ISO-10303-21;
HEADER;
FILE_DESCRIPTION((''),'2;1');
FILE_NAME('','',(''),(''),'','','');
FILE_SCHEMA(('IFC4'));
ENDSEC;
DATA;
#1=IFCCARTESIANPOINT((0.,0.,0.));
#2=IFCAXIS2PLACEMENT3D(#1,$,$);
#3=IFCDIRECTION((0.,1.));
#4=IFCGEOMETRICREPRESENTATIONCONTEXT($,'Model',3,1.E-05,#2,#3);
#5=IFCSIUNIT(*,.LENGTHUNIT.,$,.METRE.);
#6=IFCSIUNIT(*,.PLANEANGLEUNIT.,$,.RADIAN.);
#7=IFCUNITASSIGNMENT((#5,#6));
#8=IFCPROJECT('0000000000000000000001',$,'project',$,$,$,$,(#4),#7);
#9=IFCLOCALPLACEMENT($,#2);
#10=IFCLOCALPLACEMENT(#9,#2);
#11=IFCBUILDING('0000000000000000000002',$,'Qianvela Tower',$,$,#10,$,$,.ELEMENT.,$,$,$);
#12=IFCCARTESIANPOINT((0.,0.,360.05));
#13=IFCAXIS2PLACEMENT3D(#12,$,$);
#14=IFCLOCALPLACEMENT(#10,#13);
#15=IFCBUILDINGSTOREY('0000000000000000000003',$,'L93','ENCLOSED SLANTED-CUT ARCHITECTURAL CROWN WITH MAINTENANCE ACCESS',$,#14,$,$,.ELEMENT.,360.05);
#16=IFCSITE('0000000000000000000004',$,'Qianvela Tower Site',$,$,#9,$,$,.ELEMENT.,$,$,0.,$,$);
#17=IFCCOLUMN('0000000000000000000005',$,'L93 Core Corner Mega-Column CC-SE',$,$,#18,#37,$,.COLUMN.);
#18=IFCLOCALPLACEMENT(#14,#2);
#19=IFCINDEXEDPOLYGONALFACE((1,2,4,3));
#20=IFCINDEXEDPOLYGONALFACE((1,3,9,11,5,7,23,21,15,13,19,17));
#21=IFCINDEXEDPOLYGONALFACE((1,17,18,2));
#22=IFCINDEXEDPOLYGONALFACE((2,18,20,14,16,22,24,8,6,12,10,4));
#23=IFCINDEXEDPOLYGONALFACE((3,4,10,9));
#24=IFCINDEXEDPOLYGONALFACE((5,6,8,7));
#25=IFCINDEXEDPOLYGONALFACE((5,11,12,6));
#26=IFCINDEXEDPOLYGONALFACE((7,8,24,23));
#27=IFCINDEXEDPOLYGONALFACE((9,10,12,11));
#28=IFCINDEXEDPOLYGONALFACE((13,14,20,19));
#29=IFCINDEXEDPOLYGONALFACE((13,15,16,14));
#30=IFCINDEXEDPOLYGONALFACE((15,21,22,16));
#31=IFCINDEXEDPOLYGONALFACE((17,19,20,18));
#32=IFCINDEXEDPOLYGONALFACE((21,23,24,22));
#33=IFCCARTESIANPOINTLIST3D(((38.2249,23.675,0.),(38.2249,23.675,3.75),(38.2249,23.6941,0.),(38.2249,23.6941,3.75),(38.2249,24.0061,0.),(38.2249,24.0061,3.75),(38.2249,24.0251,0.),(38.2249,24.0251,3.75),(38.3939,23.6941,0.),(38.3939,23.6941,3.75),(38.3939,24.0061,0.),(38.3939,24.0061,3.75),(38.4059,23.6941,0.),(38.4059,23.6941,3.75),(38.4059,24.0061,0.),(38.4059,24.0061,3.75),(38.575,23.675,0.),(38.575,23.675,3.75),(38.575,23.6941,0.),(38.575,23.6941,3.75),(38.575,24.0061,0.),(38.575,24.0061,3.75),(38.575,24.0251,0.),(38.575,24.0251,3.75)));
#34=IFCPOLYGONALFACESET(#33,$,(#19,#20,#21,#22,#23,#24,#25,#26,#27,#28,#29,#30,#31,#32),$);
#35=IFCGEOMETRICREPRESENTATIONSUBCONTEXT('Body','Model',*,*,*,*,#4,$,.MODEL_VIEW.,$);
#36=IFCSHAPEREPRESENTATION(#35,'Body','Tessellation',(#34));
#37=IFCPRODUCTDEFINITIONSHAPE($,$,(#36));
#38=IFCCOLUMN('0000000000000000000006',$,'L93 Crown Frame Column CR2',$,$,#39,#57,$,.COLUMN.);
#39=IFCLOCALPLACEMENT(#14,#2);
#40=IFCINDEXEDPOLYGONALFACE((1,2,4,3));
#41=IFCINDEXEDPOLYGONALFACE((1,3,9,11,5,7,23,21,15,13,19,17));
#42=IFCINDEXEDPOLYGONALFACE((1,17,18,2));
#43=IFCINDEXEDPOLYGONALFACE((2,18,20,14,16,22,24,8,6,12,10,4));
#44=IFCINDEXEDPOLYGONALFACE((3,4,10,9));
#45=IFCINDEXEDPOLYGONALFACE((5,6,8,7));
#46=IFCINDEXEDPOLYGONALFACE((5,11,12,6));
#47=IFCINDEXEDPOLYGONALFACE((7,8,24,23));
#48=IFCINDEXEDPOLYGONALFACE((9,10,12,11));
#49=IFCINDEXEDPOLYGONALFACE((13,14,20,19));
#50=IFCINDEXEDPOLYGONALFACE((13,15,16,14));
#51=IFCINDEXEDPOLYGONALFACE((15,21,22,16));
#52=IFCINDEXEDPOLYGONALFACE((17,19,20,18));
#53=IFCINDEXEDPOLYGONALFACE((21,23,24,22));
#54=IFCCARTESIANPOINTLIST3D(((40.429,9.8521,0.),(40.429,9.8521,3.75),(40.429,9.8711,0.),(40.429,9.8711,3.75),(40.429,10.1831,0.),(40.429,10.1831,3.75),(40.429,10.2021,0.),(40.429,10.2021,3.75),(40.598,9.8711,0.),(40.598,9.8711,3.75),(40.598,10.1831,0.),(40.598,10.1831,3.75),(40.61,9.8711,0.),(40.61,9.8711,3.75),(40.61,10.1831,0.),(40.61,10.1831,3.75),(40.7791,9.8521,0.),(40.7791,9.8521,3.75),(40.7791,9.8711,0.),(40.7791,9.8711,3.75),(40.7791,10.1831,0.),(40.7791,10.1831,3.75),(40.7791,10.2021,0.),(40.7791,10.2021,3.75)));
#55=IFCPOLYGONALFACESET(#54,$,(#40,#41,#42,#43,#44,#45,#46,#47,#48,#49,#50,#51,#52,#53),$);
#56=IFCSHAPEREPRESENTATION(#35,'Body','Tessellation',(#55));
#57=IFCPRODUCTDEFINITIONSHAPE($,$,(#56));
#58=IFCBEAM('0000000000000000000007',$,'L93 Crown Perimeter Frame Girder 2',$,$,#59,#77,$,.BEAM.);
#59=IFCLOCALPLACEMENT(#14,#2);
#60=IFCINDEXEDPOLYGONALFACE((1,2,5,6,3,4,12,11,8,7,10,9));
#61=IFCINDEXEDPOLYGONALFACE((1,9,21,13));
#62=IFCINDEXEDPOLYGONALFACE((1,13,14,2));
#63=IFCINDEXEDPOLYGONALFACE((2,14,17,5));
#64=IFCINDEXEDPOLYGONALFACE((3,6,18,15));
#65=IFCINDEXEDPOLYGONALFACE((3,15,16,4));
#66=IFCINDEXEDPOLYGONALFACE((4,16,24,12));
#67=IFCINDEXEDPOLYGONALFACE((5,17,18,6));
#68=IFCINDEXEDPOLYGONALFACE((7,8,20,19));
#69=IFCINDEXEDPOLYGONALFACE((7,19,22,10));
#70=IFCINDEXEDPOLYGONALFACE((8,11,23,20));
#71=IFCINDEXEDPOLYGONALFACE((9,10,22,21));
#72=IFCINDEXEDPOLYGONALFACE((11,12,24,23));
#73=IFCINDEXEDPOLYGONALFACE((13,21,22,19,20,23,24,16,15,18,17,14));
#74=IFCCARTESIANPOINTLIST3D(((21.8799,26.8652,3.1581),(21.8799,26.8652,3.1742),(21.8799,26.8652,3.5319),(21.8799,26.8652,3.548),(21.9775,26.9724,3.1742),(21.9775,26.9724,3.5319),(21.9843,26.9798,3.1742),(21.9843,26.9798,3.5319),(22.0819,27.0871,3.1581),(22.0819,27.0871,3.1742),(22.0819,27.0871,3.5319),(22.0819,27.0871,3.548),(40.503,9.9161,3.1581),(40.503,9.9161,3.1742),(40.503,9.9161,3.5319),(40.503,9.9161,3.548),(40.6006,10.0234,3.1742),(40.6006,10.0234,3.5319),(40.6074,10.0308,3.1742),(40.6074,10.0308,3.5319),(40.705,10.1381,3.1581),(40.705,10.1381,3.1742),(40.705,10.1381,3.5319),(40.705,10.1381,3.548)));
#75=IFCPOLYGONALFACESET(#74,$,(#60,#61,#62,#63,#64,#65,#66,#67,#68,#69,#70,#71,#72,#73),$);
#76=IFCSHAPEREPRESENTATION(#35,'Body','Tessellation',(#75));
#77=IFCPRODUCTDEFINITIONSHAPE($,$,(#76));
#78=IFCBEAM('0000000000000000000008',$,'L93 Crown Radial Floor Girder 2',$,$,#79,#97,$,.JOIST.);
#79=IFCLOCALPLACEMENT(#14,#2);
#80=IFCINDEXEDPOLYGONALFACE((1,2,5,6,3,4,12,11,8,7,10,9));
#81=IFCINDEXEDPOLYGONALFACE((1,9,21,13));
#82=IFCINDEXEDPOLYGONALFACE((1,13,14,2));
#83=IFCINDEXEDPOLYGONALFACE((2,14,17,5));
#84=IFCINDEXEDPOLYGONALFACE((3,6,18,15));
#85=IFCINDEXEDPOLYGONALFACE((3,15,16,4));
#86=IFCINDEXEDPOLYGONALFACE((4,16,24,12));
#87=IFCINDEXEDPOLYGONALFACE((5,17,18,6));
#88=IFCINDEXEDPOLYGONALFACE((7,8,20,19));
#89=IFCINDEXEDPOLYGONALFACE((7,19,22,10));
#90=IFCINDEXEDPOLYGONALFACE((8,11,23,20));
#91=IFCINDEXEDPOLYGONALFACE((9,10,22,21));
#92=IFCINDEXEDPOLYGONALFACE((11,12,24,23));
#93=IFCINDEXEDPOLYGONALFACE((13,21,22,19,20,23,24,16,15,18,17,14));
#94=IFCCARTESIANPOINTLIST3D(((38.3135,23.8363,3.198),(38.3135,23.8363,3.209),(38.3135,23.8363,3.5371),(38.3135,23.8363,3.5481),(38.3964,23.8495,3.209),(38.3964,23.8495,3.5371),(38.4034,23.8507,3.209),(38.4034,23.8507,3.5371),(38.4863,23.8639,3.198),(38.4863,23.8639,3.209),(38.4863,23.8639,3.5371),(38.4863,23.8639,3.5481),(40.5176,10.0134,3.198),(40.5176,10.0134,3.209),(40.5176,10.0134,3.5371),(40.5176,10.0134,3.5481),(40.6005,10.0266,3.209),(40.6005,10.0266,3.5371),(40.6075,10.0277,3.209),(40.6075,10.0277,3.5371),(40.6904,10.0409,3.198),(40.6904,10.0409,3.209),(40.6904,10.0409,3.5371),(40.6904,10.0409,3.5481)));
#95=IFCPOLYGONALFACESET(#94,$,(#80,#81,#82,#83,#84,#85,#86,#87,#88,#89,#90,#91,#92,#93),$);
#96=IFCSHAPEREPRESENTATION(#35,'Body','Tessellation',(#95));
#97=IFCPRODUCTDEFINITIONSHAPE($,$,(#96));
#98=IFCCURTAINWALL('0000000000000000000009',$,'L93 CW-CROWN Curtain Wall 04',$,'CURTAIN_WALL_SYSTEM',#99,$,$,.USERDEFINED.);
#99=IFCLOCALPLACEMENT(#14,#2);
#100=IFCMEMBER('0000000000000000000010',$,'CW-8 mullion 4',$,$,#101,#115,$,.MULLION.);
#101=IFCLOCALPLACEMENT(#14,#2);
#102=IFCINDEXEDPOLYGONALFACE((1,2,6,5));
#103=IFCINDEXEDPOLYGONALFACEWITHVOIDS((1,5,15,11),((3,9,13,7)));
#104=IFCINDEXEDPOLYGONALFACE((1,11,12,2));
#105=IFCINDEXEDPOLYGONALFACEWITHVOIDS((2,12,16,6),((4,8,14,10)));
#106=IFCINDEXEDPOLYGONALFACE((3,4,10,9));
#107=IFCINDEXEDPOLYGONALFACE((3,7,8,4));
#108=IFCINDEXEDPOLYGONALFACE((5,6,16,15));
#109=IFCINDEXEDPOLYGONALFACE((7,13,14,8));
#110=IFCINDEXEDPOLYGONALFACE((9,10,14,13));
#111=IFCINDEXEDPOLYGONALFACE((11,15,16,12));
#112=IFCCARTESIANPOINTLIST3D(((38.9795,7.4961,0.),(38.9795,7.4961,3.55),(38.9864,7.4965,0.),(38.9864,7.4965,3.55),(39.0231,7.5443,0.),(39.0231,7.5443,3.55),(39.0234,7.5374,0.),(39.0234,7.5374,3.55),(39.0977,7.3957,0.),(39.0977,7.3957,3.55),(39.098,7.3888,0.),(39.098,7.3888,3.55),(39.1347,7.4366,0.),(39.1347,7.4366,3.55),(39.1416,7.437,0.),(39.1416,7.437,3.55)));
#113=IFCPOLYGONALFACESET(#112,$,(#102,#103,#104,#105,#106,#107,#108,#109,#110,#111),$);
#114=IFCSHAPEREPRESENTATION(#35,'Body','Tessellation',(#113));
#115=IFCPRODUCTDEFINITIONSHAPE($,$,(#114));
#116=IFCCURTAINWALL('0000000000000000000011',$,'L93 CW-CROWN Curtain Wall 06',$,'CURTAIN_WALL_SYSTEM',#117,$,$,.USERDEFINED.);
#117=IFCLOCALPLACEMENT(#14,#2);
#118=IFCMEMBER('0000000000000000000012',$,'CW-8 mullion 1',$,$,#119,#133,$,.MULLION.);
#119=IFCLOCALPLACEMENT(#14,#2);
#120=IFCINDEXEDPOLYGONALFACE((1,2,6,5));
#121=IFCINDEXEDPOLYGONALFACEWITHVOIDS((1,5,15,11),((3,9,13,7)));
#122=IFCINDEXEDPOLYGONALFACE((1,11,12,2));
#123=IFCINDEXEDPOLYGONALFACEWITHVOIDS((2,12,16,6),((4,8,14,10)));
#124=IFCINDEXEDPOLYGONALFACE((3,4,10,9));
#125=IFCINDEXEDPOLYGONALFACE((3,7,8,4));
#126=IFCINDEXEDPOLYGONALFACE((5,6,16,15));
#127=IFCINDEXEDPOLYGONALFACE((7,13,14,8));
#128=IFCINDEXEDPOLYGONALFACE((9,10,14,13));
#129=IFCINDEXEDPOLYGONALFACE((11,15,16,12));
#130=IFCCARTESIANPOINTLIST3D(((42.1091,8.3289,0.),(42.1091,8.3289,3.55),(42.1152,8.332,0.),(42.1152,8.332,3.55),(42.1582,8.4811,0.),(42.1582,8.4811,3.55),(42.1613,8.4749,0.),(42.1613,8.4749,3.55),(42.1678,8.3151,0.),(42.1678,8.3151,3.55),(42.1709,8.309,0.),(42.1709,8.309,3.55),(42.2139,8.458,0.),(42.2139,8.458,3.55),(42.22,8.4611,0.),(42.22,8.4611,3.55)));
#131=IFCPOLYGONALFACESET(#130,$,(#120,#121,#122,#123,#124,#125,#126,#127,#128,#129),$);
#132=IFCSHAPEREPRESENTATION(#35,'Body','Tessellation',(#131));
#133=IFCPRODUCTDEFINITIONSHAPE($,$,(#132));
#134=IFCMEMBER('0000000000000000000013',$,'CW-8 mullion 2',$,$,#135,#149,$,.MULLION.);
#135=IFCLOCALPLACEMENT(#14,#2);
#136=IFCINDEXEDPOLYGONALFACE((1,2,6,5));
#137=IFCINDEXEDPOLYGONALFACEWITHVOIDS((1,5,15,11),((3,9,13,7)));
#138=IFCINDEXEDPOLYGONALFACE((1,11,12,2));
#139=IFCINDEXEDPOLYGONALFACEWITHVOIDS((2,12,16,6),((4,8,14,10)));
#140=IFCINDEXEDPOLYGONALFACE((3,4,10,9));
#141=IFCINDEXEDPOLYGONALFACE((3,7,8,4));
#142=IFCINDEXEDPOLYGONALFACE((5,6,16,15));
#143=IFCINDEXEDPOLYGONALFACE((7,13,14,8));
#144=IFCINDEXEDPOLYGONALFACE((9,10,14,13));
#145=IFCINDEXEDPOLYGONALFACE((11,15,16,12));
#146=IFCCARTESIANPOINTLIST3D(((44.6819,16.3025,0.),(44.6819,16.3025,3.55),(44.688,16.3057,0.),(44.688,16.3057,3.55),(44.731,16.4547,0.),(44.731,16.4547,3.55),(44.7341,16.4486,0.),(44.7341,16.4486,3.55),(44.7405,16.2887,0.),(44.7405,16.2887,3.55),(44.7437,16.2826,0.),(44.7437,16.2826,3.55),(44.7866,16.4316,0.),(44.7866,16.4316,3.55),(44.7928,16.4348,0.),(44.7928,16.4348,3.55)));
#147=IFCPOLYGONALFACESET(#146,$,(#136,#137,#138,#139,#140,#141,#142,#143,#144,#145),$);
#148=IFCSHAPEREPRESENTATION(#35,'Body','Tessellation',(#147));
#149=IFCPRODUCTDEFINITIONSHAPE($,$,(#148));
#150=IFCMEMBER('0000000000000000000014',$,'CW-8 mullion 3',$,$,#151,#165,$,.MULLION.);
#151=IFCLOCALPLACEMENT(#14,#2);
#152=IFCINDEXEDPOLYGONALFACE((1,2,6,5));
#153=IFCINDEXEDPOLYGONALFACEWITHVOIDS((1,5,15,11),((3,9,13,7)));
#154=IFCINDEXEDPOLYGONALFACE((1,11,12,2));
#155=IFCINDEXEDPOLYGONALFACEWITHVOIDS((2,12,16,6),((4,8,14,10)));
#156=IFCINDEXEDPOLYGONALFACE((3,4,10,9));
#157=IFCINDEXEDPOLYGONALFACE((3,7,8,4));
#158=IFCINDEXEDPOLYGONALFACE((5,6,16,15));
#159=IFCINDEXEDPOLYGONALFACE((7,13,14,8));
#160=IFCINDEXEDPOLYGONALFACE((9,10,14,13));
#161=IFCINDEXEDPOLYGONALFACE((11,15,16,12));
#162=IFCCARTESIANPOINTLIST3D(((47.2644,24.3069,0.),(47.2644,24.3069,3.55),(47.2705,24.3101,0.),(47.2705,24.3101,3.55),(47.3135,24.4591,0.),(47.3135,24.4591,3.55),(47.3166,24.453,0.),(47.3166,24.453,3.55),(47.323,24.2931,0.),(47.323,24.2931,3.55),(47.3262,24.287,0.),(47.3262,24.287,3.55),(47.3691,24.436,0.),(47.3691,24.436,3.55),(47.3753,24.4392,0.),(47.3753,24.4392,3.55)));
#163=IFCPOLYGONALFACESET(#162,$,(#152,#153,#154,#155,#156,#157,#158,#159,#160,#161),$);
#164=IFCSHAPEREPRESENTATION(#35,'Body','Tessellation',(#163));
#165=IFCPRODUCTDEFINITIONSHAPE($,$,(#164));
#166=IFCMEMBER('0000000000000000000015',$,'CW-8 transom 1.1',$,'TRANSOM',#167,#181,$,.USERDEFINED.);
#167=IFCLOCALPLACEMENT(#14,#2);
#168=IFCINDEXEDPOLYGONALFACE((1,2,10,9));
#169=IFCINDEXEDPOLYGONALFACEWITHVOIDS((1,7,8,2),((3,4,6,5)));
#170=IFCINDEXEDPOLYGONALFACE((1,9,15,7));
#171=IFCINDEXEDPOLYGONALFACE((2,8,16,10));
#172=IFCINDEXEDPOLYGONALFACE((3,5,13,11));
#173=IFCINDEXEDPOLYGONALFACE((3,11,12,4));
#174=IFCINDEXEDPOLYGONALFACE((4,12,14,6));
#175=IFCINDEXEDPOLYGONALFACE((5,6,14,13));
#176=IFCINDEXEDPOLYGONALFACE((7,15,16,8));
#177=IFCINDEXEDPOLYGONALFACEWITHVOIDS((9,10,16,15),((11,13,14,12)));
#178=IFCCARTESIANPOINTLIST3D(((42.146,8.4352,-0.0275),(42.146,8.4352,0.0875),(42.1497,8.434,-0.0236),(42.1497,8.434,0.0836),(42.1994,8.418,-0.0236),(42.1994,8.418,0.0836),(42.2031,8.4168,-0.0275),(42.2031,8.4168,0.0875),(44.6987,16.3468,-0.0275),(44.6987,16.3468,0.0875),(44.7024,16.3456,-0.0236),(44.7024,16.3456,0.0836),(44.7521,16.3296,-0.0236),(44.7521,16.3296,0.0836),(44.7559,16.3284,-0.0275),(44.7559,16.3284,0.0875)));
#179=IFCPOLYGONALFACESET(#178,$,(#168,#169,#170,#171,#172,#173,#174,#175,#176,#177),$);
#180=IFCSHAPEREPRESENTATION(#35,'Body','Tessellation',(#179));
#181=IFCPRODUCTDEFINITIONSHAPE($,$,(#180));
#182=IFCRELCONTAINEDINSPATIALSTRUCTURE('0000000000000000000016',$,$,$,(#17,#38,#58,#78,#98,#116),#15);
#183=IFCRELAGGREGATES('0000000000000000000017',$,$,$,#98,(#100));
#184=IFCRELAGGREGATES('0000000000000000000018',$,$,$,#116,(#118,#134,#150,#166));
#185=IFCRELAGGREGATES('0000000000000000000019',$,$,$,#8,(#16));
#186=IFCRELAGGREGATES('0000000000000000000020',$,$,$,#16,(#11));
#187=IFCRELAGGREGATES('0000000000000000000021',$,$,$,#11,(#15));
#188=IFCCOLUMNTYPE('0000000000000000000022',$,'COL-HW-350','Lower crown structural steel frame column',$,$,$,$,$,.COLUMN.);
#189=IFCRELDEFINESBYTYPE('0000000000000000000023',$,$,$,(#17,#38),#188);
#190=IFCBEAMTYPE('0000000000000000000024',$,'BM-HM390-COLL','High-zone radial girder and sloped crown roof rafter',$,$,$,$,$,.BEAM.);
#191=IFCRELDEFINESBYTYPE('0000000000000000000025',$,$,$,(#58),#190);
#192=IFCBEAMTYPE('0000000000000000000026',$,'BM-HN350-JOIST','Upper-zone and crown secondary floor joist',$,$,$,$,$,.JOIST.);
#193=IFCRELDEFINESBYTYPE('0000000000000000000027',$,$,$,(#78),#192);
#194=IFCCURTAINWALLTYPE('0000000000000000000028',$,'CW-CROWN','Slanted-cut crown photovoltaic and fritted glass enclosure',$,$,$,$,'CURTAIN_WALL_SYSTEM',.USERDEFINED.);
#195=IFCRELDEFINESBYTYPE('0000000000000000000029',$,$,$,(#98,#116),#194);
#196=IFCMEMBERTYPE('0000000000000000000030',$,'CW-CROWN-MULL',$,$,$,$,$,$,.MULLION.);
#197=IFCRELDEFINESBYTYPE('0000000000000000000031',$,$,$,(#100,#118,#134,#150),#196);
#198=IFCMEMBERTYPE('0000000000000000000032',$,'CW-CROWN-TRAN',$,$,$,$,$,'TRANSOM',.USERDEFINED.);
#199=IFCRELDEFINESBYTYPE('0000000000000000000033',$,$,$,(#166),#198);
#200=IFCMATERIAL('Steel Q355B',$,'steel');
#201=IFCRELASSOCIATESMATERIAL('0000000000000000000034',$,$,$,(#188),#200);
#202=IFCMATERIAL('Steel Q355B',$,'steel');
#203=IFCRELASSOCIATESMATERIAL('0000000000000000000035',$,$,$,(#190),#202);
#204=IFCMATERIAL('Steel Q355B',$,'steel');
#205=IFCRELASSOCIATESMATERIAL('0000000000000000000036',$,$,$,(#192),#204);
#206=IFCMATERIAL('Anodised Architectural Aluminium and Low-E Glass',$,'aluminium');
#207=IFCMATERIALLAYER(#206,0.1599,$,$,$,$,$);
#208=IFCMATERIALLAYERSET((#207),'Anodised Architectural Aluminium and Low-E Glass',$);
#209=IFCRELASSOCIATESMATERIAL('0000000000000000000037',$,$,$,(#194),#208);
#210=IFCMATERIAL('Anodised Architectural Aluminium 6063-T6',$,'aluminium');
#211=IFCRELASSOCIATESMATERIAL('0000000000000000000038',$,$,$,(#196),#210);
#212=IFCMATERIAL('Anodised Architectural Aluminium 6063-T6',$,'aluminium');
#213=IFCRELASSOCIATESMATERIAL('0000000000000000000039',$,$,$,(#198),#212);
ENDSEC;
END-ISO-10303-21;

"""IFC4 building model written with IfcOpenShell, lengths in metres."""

from ifc_helpers import new_model, si_unit, direction, frame, origin, origin_2d, place, context, subcontext, project, spatial, hollow_rectangle, i_section, extrude, material, layer, layer_set, material_profile, profile_set, type_object, element, aggregate, save


model = new_model("IFC4")

# Units and contexts
model_context = context("Model", 3, precision=1e-05, world=origin(), true_north=direction((0.0, 1.0)))
body_context = subcontext(model_context, "Body", "Model", "MODEL_VIEW")
ifc_project = project(units=[si_unit("LENGTHUNIT", "METRE"), si_unit("PLANEANGLEUNIT", "RADIAN")], contexts=[model_context])

# Site, building, storey
site_placement = place(None, origin())
site = spatial("IfcSite", under=ifc_project, at=site_placement, Name="Qianvela Tower Site", CompositionType="ELEMENT", RefElevation=0.0)
building_placement = place(site_placement, origin())
building = spatial("IfcBuilding", under=site, at=building_placement, Name="Qianvela Tower", CompositionType="ELEMENT")
storey_placement = place(building_placement, frame((0.0, 0.0, 360.05)))
storey = spatial("IfcBuildingStorey", under=building, at=storey_placement, Name="L93", Description="ENCLOSED SLANTED-CUT ARCHITECTURAL CROWN WITH MAINTENANCE ACCESS", CompositionType="ELEMENT", Elevation=360.05)

# Columns
ifc_material_1 = material(Name="Steel Q355B", Category="steel")
ifc_material_profile_1 = material_profile(ifc_material_1, i_section(OverallWidth=0.3501, OverallDepth=0.3501, WebThickness=0.012, FlangeThickness=0.019, at=origin_2d()), Name="HW350x350x12x19")
ifc_profile_set_1 = profile_set([ifc_material_profile_1], Name="Steel Q355B")
column_type = type_object("IfcColumnType", Name="COL-HW-350", Description="Lower crown structural steel frame column", PredefinedType="COLUMN", material=ifc_profile_set_1)
for number, where, z_axis, x_axis, name in (
    (1, (38.3999, 23.8501, 0.0), (0.0, 0.0, 1.0), (1.0, 0.0, 0.0), "L93 Core Corner Mega-Column CC-SE"),
    (2, (40.604, 10.0271, 0.0), (0.0, 0.0, 1.0), (1.0, 0.0, 0.0), "L93 Crown Frame Column CR2"),
):
    element("IfcColumn", number, at=place(storey_placement, frame(where, z_axis=z_axis, x_axis=x_axis)), inside=storey, type_object=column_type, Name=name, PredefinedType="COLUMN", context=body_context, shape_type="SweptSolid", body=[
        extrude(i_section(OverallWidth=0.3501, OverallDepth=0.3501, WebThickness=0.012, FlangeThickness=0.019, at=origin_2d()), origin(), (0.0, 0.0, 1.0), 3.75),
    ])

# Beams
ifc_material_2 = material(Name="Steel Q355B", Category="steel")
ifc_material_profile_2 = material_profile(ifc_material_2, i_section(OverallWidth=0.3, OverallDepth=0.3899, WebThickness=0.01, FlangeThickness=0.0161, at=origin_2d()), Name="HM390x300x10x16")
ifc_profile_set_2 = profile_set([ifc_material_profile_2], Name="Steel Q355B")
beam_type_1 = type_object("IfcBeamType", Name="BM-HM390-COLL", Description="High-zone radial girder and sloped crown roof rafter", PredefinedType="BEAM", material=ifc_profile_set_2)
beam_1_placement = place(storey_placement, frame((40.604, 10.0271, 3.353), z_axis=(-0.739566, 0.673084, 0.0), x_axis=(-0.673084, -0.739566, 0.0)))
element("IfcBeam", 3, at=beam_1_placement, inside=storey, type_object=beam_type_1, Name="L93 Crown Perimeter Frame Girder 2", PredefinedType="BEAM", context=body_context, shape_type="SweptSolid", body=[
    extrude(i_section(OverallWidth=0.3, OverallDepth=0.3899, WebThickness=0.01, FlangeThickness=0.0161, at=origin_2d()), origin(), (0.0, 0.0, 1.0), 25.1812),
])
ifc_material_3 = material(Name="Steel Q355B", Category="steel")
ifc_material_profile_3 = material_profile(ifc_material_3, i_section(OverallWidth=0.175, OverallDepth=0.3501, WebThickness=0.0071, FlangeThickness=0.011, at=origin_2d()), Name="HN350x175x7x11")
ifc_profile_set_3 = profile_set([ifc_material_profile_3], Name="Steel Q355B")
beam_type_2 = type_object("IfcBeamType", Name="BM-HN350-JOIST", Description="Upper-zone and crown secondary floor joist", PredefinedType="JOIST", material=ifc_profile_set_3)
beam_2_placement = place(storey_placement, frame((38.3999, 23.8501, 3.373), z_axis=(0.157463, -0.987525, 0.0), x_axis=(0.987525, 0.157463, 0.0)))
element("IfcBeam", 4, at=beam_2_placement, inside=storey, type_object=beam_type_2, Name="L93 Crown Radial Floor Girder 2", PredefinedType="JOIST", context=body_context, shape_type="SweptSolid", body=[
    extrude(i_section(OverallWidth=0.175, OverallDepth=0.3501, WebThickness=0.0071, FlangeThickness=0.011, at=origin_2d()), origin(), (0.0, 0.0, 1.0), 13.9976),
])

# Curtain wall, member
ifc_material_4 = material(Name="Anodised Architectural Aluminium and Low-E Glass", Category="aluminium")
ifc_layer_1 = layer(ifc_material_4, 0.1599)
ifc_layer_set_1 = layer_set([ifc_layer_1], Name="Anodised Architectural Aluminium and Low-E Glass")
curtain_wall_type = type_object("IfcCurtainWallType", Name="CW-CROWN", Description="Slanted-cut crown photovoltaic and fritted glass enclosure", ElementType="CURTAIN_WALL_SYSTEM", PredefinedType="USERDEFINED", material=ifc_layer_set_1)
curtain_wall_1_placement = place(storey_placement, origin())
curtain_wall_1 = element("IfcCurtainWall", 5, at=curtain_wall_1_placement, inside=storey, type_object=curtain_wall_type, Name="L93 CW-CROWN Curtain Wall 04", ObjectType="CURTAIN_WALL_SYSTEM", PredefinedType="USERDEFINED")
ifc_material_5 = material(Name="Anodised Architectural Aluminium 6063-T6", Category="aluminium")
ifc_material_profile_4 = material_profile(ifc_material_5, hollow_rectangle(XDim=0.0649, YDim=0.1599, WallThickness=0.0049, at=origin_2d()), Name="ALU-MULL-65x160")
ifc_profile_set_4 = profile_set([ifc_material_profile_4], Name="Anodised Architectural Aluminium 6063-T6")
member_type_1 = type_object("IfcMemberType", Name="CW-CROWN-MULL", PredefinedType="MULLION", material=ifc_profile_set_4)
member_1_placement = place(storey_placement, frame((39.0605, 7.4666, 0.0), z_axis=(0.0, 0.0, 1.0), x_axis=(0.671201, 0.741275, 0.0)))
member_1 = element("IfcMember", 6, at=member_1_placement, type_object=member_type_1, Name="CW-8 mullion 4", PredefinedType="MULLION", context=body_context, shape_type="SweptSolid", body=[
    extrude(hollow_rectangle(XDim=0.0649, YDim=0.1599, WallThickness=0.0049, at=origin_2d()), origin(), (0.0, 0.0, 1.0), 3.55),
])
aggregate(curtain_wall_1, [member_1])

# Curtain wall, members
curtain_wall_2_placement = place(storey_placement, origin())
curtain_wall_2 = element("IfcCurtainWall", 7, at=curtain_wall_2_placement, inside=storey, type_object=curtain_wall_type, Name="L93 CW-CROWN Curtain Wall 06", ObjectType="CURTAIN_WALL_SYSTEM", PredefinedType="USERDEFINED")
member_2_placement = place(storey_placement, frame((42.1646, 8.395, 0.0), z_axis=(0.0, 0.0, 1.0), x_axis=(-0.951691, 0.307057, 0.0)))
member_2 = element("IfcMember", 8, at=member_2_placement, type_object=member_type_1, Name="CW-8 mullion 1", PredefinedType="MULLION", context=body_context, shape_type="SweptSolid", body=[
    extrude(hollow_rectangle(XDim=0.0649, YDim=0.1599, WallThickness=0.0049, at=origin_2d()), origin(), (0.0, 0.0, 1.0), 3.55),
])
member_3_placement = place(storey_placement, frame((44.7373, 16.3687, 0.0), z_axis=(0.0, 0.0, 1.0), x_axis=(-0.951691, 0.307057, 0.0)))
member_3 = element("IfcMember", 9, at=member_3_placement, type_object=member_type_1, Name="CW-8 mullion 2", PredefinedType="MULLION", context=body_context, shape_type="SweptSolid", body=[
    extrude(hollow_rectangle(XDim=0.0649, YDim=0.1599, WallThickness=0.0049, at=origin_2d()), origin(), (0.0, 0.0, 1.0), 3.55),
])
member_4_placement = place(storey_placement, frame((47.3198, 24.373, 0.0), z_axis=(0.0, 0.0, 1.0), x_axis=(-0.951691, 0.307057, 0.0)))
member_4 = element("IfcMember", 10, at=member_4_placement, type_object=member_type_1, Name="CW-8 mullion 3", PredefinedType="MULLION", context=body_context, shape_type="SweptSolid", body=[
    extrude(hollow_rectangle(XDim=0.0649, YDim=0.1599, WallThickness=0.0049, at=origin_2d()), origin(), (0.0, 0.0, 1.0), 3.55),
])
ifc_material_6 = material(Name="Anodised Architectural Aluminium 6063-T6", Category="aluminium")
ifc_material_profile_5 = material_profile(ifc_material_6, hollow_rectangle(XDim=0.0601, YDim=0.115, WallThickness=0.0039, at=origin_2d()), Name="ALU-TRAN-60x115")
ifc_profile_set_5 = profile_set([ifc_material_profile_5], Name="Anodised Architectural Aluminium 6063-T6")
member_type_2 = type_object("IfcMemberType", Name="CW-CROWN-TRAN", ElementType="TRANSOM", PredefinedType="USERDEFINED", material=ifc_profile_set_5)
member_5_placement = place(storey_placement, frame((42.1746, 8.426, 0.03), z_axis=(0.307068, 0.951688, 0.0), x_axis=(-0.951688, 0.307068, 0.0)))
member_5 = element("IfcMember", 11, at=member_5_placement, type_object=member_type_2, Name="CW-8 transom 1.1", ObjectType="TRANSOM", PredefinedType="USERDEFINED", context=body_context, shape_type="SweptSolid", body=[
    extrude(hollow_rectangle(XDim=0.0601, YDim=0.115, WallThickness=0.0039, at=origin_2d()), origin(), (0.0, 0.0, 1.0), 8.3132),
])
aggregate(curtain_wall_2, [member_2, member_3, member_4, member_5])

save(model, "model.ifc")
